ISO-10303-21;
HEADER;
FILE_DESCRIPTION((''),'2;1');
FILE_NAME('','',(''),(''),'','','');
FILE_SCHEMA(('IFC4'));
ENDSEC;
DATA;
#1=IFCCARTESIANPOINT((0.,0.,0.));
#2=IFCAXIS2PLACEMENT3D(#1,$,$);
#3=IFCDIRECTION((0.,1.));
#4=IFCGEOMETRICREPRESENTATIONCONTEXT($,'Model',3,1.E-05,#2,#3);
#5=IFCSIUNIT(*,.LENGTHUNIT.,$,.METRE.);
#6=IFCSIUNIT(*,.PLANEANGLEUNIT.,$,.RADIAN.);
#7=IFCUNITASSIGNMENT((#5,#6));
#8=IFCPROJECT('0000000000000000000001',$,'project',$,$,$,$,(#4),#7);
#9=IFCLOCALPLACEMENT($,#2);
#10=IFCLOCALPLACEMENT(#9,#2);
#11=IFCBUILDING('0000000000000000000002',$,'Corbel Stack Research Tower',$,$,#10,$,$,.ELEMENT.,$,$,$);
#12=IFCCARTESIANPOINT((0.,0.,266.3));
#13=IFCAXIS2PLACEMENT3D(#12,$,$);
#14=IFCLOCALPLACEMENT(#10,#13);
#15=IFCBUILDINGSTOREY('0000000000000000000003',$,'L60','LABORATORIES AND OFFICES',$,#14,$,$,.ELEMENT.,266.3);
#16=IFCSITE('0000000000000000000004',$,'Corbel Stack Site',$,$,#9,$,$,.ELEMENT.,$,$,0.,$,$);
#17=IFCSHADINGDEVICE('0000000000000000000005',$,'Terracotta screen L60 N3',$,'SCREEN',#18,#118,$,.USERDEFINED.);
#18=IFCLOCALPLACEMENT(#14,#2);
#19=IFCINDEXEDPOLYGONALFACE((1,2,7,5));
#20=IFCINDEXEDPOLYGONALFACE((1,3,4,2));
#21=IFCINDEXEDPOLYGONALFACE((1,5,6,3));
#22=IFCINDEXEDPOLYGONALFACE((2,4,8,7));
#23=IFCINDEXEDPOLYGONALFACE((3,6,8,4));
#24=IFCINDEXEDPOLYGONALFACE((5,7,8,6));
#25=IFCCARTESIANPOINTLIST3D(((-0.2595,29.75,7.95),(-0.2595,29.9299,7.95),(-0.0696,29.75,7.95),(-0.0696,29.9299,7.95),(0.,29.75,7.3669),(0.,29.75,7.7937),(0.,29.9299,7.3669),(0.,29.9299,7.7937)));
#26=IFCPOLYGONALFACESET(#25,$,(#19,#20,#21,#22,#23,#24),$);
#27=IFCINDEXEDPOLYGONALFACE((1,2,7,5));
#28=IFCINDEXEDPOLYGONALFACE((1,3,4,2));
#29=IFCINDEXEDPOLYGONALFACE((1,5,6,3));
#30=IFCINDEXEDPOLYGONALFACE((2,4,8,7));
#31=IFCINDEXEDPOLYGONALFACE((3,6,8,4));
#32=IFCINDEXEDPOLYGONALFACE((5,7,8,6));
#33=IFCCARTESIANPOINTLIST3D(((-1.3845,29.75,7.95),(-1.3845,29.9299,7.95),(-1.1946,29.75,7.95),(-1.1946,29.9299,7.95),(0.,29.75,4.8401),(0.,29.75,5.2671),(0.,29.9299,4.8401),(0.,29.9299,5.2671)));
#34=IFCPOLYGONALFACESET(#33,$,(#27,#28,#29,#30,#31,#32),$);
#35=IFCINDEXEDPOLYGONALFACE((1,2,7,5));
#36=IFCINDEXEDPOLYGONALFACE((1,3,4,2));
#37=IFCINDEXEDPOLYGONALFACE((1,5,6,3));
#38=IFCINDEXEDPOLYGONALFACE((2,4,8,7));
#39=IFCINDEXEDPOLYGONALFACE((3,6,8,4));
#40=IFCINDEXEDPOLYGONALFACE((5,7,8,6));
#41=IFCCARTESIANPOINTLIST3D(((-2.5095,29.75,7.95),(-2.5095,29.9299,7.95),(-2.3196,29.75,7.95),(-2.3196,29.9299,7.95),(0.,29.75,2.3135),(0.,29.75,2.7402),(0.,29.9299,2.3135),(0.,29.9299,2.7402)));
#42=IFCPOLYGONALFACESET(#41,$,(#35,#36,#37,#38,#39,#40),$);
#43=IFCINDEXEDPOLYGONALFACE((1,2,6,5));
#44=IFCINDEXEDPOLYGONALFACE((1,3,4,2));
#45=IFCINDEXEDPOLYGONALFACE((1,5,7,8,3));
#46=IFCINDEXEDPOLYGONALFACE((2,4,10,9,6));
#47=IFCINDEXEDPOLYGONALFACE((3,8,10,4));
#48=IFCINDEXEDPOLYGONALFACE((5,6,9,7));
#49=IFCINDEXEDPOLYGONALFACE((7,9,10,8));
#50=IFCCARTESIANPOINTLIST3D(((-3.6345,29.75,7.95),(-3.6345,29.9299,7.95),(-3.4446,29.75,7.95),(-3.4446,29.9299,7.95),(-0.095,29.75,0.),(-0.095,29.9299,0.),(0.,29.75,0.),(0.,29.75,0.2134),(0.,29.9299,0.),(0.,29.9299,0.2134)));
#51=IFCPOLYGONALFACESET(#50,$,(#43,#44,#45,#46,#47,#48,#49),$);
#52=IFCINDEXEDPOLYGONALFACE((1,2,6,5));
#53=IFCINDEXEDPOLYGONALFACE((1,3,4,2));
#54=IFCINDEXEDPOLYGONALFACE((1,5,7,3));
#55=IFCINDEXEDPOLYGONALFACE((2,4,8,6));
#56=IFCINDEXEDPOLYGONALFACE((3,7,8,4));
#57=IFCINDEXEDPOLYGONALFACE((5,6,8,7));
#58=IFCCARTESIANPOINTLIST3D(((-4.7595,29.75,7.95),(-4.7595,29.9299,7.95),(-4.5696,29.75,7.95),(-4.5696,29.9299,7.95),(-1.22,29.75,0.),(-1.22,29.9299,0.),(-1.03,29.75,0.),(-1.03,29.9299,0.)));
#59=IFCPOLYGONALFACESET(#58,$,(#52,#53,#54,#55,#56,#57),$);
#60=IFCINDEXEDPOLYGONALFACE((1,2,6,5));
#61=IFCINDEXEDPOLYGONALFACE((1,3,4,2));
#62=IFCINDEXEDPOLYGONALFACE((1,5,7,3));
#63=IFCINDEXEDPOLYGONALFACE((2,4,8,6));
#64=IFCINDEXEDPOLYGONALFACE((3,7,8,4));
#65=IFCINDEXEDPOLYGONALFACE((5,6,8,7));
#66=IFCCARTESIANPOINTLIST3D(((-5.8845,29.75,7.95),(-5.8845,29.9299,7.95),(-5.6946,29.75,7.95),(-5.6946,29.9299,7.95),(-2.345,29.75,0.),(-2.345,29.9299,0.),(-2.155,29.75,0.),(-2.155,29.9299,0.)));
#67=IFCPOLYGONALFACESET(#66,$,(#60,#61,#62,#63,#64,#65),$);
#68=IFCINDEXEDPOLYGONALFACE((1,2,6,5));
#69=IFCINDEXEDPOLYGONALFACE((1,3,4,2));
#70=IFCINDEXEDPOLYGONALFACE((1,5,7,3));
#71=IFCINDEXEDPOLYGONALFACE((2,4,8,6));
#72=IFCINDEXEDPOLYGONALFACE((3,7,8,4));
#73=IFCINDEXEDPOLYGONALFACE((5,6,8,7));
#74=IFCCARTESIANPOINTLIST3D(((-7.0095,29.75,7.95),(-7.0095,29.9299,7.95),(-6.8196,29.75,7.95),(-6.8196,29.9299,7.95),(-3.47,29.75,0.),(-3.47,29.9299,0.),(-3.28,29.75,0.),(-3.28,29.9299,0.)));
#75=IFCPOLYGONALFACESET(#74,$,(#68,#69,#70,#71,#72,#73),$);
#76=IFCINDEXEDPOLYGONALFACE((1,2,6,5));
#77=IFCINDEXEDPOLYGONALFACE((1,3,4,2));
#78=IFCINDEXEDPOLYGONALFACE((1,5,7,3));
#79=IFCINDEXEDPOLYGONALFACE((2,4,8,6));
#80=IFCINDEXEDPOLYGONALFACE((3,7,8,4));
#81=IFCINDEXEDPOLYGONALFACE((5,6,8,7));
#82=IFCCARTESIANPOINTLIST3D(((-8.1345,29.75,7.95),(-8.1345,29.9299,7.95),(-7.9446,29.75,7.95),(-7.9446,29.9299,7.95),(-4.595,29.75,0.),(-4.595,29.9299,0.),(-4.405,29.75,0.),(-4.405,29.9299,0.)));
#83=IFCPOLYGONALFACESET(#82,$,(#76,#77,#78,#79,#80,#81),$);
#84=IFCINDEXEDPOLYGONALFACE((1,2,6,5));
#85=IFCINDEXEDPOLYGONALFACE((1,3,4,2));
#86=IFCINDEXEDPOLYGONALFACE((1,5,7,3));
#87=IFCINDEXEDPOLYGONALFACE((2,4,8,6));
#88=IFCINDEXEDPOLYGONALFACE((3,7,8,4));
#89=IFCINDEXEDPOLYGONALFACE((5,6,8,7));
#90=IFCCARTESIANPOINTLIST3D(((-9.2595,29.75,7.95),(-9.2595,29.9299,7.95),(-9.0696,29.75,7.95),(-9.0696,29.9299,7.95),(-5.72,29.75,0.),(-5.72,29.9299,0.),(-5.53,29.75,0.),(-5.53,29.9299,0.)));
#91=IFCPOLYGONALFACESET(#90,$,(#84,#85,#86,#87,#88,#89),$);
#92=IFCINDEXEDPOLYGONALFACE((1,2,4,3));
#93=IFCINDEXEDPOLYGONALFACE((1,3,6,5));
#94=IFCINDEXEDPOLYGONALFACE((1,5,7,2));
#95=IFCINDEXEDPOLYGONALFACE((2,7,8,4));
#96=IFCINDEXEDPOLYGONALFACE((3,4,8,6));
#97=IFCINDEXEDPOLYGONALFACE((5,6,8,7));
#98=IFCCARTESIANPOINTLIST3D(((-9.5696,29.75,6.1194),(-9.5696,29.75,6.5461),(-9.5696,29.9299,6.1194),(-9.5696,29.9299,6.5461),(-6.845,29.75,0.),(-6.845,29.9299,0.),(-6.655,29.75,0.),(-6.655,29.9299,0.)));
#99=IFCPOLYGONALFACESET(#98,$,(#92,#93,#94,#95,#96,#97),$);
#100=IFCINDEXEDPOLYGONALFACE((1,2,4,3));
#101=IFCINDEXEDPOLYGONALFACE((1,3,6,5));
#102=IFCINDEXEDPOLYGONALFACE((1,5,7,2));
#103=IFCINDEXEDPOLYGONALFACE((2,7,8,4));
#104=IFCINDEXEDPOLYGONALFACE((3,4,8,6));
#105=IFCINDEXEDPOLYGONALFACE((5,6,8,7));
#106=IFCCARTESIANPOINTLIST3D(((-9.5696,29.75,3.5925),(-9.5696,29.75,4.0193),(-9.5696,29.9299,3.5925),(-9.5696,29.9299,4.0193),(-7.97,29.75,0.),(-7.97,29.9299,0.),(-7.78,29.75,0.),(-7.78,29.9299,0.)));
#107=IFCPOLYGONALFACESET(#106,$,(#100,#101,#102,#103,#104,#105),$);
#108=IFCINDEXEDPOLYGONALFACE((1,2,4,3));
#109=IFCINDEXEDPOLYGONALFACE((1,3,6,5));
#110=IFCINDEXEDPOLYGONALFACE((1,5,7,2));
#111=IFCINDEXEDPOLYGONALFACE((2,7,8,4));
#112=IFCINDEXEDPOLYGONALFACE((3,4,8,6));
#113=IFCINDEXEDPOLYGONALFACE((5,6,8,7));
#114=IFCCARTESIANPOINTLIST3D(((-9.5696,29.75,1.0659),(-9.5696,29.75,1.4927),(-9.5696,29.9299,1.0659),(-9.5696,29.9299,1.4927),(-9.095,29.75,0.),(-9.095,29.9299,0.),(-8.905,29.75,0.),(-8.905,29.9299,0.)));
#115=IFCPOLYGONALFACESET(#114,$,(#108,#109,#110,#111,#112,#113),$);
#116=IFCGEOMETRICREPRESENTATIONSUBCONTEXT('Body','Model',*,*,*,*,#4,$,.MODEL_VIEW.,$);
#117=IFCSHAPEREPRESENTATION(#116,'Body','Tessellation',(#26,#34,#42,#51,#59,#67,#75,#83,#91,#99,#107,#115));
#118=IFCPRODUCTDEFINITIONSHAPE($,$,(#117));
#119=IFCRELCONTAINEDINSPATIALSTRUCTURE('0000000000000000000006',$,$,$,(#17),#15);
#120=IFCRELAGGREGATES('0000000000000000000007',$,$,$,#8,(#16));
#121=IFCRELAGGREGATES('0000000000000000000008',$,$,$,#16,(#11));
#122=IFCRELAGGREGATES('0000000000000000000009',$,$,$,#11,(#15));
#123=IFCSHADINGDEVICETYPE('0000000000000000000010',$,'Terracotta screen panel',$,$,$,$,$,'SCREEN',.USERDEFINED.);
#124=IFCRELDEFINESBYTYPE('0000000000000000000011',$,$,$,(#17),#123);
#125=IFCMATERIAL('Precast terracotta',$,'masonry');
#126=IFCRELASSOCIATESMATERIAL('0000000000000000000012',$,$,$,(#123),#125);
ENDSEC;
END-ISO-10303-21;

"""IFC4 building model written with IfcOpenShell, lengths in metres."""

from ifc_helpers import new_model, si_unit, direction, frame, origin, place, context, subcontext, project, spatial, polyline, outline, extrude, source, transform, mapped, material, type_object, element, save


model = new_model("IFC4")

# Units and contexts
model_context = context("Model", 3, precision=1e-05, world=origin(), true_north=direction((0.0, 1.0)))
body_context = subcontext(model_context, "Body", "Model", "MODEL_VIEW")
ifc_project = project(units=[si_unit("LENGTHUNIT", "METRE"), si_unit("PLANEANGLEUNIT", "RADIAN")], contexts=[model_context])

# Site, building, storey
site_placement = place(None, origin())
site = spatial("IfcSite", under=ifc_project, at=site_placement, Name="Corbel Stack Site", CompositionType="ELEMENT", RefElevation=0.0)
building_placement = place(site_placement, origin())
building = spatial("IfcBuilding", under=site, at=building_placement, Name="Corbel Stack Research Tower", CompositionType="ELEMENT")
storey_placement = place(building_placement, frame((0.0, 0.0, 266.3)))
storey = spatial("IfcBuildingStorey", under=building, at=storey_placement, Name="L60", Description="LABORATORIES AND OFFICES", CompositionType="ELEMENT", Elevation=266.3)

# Shading device
ifc_material_1 = material(Name="Precast terracotta", Category="masonry")
shading_device_type = type_object("IfcShadingDeviceType", Name="Terracotta screen panel", ElementType="SCREEN", PredefinedType="USERDEFINED", material=ifc_material_1)
shared_shape_1 = source(origin(), body_context, "Body", "SweptSolid", [
    extrude(outline(polyline([(0.2595, 7.95), (0.0696, 7.95), (0.0, 7.7937), (0.0, 7.3669), (0.2595, 7.95)])), frame((0.0, 0.0, 0.0), z_axis=(0.0, -1.0, 0.0), x_axis=(1.0, 0.0, 0.0)), (0.0, 0.0, 1.0), 0.1799),
    extrude(outline(polyline([(1.3845, 7.95), (1.1946, 7.95), (0.0, 5.2671), (0.0, 4.8401), (1.3845, 7.95)])), frame((0.0, 0.0, 0.0), z_axis=(0.0, -1.0, 0.0), x_axis=(1.0, 0.0, 0.0)), (0.0, 0.0, 1.0), 0.1799),
    extrude(outline(polyline([(2.5095, 7.95), (2.3196, 7.95), (0.0, 2.7402), (0.0, 2.3135), (2.5095, 7.95)])), frame((0.0, 0.0, 0.0), z_axis=(0.0, -1.0, 0.0), x_axis=(1.0, 0.0, 0.0)), (0.0, 0.0, 1.0), 0.1799),
    extrude(outline(polyline([(0.095, 0.0), (3.6345, 7.95), (3.4446, 7.95), (0.0, 0.2134), (0.0, 0.0), (0.095, 0.0)])), frame((0.0, 0.0, 0.0), z_axis=(0.0, -1.0, 0.0), x_axis=(1.0, 0.0, 0.0)), (0.0, 0.0, 1.0), 0.1799),
    extrude(outline(polyline([(1.22, 0.0), (4.7595, 7.95), (4.5696, 7.95), (1.03, 0.0), (1.22, 0.0)])), frame((0.0, 0.0, 0.0), z_axis=(0.0, -1.0, 0.0), x_axis=(1.0, 0.0, 0.0)), (0.0, 0.0, 1.0), 0.1799),
    extrude(outline(polyline([(2.345, 0.0), (5.8845, 7.95), (5.6946, 7.95), (2.155, 0.0), (2.345, 0.0)])), frame((0.0, 0.0, 0.0), z_axis=(0.0, -1.0, 0.0), x_axis=(1.0, 0.0, 0.0)), (0.0, 0.0, 1.0), 0.1799),
    extrude(outline(polyline([(3.47, 0.0), (7.0095, 7.95), (6.8196, 7.95), (3.28, 0.0), (3.47, 0.0)])), frame((0.0, 0.0, 0.0), z_axis=(0.0, -1.0, 0.0), x_axis=(1.0, 0.0, 0.0)), (0.0, 0.0, 1.0), 0.1799),
    extrude(outline(polyline([(4.595, 0.0), (8.1345, 7.95), (7.9446, 7.95), (4.405, 0.0), (4.595, 0.0)])), frame((0.0, 0.0, 0.0), z_axis=(0.0, -1.0, 0.0), x_axis=(1.0, 0.0, 0.0)), (0.0, 0.0, 1.0), 0.1799),
    extrude(outline(polyline([(5.72, 0.0), (9.2595, 7.95), (9.0696, 7.95), (5.53, 0.0), (5.72, 0.0)])), frame((0.0, 0.0, 0.0), z_axis=(0.0, -1.0, 0.0), x_axis=(1.0, 0.0, 0.0)), (0.0, 0.0, 1.0), 0.1799),
    extrude(outline(polyline([(6.845, 0.0), (9.5696, 6.1194), (9.5696, 6.5461), (6.655, 0.0), (6.845, 0.0)])), frame((0.0, 0.0, 0.0), z_axis=(0.0, -1.0, 0.0), x_axis=(1.0, 0.0, 0.0)), (0.0, 0.0, 1.0), 0.1799),
    extrude(outline(polyline([(7.97, 0.0), (9.5696, 3.5925), (9.5696, 4.0193), (7.78, 0.0), (7.97, 0.0)])), frame((0.0, 0.0, 0.0), z_axis=(0.0, -1.0, 0.0), x_axis=(1.0, 0.0, 0.0)), (0.0, 0.0, 1.0), 0.1799),
    extrude(outline(polyline([(9.095, 0.0), (9.5696, 1.0659), (9.5696, 1.4927), (8.905, 0.0), (9.095, 0.0)])), frame((0.0, 0.0, 0.0), z_axis=(0.0, -1.0, 0.0), x_axis=(1.0, 0.0, 0.0)), (0.0, 0.0, 1.0), 0.1799),
])
shading_device_1_placement = place(storey_placement, frame((0.0, 29.75, 0.0), z_axis=(0.0, 0.0, 1.0), x_axis=(-1.0, 0.0, 0.0)))
element("IfcShadingDevice", 1, at=shading_device_1_placement, inside=storey, type_object=shading_device_type, Name="Terracotta screen L60 N3", ObjectType="SCREEN", PredefinedType="USERDEFINED", context=body_context, shape_type="MappedRepresentation", body=[
    mapped(shared_shape_1, transform((0.0, 0.0, 0.0))),
])

save(model, "model.ifc")
